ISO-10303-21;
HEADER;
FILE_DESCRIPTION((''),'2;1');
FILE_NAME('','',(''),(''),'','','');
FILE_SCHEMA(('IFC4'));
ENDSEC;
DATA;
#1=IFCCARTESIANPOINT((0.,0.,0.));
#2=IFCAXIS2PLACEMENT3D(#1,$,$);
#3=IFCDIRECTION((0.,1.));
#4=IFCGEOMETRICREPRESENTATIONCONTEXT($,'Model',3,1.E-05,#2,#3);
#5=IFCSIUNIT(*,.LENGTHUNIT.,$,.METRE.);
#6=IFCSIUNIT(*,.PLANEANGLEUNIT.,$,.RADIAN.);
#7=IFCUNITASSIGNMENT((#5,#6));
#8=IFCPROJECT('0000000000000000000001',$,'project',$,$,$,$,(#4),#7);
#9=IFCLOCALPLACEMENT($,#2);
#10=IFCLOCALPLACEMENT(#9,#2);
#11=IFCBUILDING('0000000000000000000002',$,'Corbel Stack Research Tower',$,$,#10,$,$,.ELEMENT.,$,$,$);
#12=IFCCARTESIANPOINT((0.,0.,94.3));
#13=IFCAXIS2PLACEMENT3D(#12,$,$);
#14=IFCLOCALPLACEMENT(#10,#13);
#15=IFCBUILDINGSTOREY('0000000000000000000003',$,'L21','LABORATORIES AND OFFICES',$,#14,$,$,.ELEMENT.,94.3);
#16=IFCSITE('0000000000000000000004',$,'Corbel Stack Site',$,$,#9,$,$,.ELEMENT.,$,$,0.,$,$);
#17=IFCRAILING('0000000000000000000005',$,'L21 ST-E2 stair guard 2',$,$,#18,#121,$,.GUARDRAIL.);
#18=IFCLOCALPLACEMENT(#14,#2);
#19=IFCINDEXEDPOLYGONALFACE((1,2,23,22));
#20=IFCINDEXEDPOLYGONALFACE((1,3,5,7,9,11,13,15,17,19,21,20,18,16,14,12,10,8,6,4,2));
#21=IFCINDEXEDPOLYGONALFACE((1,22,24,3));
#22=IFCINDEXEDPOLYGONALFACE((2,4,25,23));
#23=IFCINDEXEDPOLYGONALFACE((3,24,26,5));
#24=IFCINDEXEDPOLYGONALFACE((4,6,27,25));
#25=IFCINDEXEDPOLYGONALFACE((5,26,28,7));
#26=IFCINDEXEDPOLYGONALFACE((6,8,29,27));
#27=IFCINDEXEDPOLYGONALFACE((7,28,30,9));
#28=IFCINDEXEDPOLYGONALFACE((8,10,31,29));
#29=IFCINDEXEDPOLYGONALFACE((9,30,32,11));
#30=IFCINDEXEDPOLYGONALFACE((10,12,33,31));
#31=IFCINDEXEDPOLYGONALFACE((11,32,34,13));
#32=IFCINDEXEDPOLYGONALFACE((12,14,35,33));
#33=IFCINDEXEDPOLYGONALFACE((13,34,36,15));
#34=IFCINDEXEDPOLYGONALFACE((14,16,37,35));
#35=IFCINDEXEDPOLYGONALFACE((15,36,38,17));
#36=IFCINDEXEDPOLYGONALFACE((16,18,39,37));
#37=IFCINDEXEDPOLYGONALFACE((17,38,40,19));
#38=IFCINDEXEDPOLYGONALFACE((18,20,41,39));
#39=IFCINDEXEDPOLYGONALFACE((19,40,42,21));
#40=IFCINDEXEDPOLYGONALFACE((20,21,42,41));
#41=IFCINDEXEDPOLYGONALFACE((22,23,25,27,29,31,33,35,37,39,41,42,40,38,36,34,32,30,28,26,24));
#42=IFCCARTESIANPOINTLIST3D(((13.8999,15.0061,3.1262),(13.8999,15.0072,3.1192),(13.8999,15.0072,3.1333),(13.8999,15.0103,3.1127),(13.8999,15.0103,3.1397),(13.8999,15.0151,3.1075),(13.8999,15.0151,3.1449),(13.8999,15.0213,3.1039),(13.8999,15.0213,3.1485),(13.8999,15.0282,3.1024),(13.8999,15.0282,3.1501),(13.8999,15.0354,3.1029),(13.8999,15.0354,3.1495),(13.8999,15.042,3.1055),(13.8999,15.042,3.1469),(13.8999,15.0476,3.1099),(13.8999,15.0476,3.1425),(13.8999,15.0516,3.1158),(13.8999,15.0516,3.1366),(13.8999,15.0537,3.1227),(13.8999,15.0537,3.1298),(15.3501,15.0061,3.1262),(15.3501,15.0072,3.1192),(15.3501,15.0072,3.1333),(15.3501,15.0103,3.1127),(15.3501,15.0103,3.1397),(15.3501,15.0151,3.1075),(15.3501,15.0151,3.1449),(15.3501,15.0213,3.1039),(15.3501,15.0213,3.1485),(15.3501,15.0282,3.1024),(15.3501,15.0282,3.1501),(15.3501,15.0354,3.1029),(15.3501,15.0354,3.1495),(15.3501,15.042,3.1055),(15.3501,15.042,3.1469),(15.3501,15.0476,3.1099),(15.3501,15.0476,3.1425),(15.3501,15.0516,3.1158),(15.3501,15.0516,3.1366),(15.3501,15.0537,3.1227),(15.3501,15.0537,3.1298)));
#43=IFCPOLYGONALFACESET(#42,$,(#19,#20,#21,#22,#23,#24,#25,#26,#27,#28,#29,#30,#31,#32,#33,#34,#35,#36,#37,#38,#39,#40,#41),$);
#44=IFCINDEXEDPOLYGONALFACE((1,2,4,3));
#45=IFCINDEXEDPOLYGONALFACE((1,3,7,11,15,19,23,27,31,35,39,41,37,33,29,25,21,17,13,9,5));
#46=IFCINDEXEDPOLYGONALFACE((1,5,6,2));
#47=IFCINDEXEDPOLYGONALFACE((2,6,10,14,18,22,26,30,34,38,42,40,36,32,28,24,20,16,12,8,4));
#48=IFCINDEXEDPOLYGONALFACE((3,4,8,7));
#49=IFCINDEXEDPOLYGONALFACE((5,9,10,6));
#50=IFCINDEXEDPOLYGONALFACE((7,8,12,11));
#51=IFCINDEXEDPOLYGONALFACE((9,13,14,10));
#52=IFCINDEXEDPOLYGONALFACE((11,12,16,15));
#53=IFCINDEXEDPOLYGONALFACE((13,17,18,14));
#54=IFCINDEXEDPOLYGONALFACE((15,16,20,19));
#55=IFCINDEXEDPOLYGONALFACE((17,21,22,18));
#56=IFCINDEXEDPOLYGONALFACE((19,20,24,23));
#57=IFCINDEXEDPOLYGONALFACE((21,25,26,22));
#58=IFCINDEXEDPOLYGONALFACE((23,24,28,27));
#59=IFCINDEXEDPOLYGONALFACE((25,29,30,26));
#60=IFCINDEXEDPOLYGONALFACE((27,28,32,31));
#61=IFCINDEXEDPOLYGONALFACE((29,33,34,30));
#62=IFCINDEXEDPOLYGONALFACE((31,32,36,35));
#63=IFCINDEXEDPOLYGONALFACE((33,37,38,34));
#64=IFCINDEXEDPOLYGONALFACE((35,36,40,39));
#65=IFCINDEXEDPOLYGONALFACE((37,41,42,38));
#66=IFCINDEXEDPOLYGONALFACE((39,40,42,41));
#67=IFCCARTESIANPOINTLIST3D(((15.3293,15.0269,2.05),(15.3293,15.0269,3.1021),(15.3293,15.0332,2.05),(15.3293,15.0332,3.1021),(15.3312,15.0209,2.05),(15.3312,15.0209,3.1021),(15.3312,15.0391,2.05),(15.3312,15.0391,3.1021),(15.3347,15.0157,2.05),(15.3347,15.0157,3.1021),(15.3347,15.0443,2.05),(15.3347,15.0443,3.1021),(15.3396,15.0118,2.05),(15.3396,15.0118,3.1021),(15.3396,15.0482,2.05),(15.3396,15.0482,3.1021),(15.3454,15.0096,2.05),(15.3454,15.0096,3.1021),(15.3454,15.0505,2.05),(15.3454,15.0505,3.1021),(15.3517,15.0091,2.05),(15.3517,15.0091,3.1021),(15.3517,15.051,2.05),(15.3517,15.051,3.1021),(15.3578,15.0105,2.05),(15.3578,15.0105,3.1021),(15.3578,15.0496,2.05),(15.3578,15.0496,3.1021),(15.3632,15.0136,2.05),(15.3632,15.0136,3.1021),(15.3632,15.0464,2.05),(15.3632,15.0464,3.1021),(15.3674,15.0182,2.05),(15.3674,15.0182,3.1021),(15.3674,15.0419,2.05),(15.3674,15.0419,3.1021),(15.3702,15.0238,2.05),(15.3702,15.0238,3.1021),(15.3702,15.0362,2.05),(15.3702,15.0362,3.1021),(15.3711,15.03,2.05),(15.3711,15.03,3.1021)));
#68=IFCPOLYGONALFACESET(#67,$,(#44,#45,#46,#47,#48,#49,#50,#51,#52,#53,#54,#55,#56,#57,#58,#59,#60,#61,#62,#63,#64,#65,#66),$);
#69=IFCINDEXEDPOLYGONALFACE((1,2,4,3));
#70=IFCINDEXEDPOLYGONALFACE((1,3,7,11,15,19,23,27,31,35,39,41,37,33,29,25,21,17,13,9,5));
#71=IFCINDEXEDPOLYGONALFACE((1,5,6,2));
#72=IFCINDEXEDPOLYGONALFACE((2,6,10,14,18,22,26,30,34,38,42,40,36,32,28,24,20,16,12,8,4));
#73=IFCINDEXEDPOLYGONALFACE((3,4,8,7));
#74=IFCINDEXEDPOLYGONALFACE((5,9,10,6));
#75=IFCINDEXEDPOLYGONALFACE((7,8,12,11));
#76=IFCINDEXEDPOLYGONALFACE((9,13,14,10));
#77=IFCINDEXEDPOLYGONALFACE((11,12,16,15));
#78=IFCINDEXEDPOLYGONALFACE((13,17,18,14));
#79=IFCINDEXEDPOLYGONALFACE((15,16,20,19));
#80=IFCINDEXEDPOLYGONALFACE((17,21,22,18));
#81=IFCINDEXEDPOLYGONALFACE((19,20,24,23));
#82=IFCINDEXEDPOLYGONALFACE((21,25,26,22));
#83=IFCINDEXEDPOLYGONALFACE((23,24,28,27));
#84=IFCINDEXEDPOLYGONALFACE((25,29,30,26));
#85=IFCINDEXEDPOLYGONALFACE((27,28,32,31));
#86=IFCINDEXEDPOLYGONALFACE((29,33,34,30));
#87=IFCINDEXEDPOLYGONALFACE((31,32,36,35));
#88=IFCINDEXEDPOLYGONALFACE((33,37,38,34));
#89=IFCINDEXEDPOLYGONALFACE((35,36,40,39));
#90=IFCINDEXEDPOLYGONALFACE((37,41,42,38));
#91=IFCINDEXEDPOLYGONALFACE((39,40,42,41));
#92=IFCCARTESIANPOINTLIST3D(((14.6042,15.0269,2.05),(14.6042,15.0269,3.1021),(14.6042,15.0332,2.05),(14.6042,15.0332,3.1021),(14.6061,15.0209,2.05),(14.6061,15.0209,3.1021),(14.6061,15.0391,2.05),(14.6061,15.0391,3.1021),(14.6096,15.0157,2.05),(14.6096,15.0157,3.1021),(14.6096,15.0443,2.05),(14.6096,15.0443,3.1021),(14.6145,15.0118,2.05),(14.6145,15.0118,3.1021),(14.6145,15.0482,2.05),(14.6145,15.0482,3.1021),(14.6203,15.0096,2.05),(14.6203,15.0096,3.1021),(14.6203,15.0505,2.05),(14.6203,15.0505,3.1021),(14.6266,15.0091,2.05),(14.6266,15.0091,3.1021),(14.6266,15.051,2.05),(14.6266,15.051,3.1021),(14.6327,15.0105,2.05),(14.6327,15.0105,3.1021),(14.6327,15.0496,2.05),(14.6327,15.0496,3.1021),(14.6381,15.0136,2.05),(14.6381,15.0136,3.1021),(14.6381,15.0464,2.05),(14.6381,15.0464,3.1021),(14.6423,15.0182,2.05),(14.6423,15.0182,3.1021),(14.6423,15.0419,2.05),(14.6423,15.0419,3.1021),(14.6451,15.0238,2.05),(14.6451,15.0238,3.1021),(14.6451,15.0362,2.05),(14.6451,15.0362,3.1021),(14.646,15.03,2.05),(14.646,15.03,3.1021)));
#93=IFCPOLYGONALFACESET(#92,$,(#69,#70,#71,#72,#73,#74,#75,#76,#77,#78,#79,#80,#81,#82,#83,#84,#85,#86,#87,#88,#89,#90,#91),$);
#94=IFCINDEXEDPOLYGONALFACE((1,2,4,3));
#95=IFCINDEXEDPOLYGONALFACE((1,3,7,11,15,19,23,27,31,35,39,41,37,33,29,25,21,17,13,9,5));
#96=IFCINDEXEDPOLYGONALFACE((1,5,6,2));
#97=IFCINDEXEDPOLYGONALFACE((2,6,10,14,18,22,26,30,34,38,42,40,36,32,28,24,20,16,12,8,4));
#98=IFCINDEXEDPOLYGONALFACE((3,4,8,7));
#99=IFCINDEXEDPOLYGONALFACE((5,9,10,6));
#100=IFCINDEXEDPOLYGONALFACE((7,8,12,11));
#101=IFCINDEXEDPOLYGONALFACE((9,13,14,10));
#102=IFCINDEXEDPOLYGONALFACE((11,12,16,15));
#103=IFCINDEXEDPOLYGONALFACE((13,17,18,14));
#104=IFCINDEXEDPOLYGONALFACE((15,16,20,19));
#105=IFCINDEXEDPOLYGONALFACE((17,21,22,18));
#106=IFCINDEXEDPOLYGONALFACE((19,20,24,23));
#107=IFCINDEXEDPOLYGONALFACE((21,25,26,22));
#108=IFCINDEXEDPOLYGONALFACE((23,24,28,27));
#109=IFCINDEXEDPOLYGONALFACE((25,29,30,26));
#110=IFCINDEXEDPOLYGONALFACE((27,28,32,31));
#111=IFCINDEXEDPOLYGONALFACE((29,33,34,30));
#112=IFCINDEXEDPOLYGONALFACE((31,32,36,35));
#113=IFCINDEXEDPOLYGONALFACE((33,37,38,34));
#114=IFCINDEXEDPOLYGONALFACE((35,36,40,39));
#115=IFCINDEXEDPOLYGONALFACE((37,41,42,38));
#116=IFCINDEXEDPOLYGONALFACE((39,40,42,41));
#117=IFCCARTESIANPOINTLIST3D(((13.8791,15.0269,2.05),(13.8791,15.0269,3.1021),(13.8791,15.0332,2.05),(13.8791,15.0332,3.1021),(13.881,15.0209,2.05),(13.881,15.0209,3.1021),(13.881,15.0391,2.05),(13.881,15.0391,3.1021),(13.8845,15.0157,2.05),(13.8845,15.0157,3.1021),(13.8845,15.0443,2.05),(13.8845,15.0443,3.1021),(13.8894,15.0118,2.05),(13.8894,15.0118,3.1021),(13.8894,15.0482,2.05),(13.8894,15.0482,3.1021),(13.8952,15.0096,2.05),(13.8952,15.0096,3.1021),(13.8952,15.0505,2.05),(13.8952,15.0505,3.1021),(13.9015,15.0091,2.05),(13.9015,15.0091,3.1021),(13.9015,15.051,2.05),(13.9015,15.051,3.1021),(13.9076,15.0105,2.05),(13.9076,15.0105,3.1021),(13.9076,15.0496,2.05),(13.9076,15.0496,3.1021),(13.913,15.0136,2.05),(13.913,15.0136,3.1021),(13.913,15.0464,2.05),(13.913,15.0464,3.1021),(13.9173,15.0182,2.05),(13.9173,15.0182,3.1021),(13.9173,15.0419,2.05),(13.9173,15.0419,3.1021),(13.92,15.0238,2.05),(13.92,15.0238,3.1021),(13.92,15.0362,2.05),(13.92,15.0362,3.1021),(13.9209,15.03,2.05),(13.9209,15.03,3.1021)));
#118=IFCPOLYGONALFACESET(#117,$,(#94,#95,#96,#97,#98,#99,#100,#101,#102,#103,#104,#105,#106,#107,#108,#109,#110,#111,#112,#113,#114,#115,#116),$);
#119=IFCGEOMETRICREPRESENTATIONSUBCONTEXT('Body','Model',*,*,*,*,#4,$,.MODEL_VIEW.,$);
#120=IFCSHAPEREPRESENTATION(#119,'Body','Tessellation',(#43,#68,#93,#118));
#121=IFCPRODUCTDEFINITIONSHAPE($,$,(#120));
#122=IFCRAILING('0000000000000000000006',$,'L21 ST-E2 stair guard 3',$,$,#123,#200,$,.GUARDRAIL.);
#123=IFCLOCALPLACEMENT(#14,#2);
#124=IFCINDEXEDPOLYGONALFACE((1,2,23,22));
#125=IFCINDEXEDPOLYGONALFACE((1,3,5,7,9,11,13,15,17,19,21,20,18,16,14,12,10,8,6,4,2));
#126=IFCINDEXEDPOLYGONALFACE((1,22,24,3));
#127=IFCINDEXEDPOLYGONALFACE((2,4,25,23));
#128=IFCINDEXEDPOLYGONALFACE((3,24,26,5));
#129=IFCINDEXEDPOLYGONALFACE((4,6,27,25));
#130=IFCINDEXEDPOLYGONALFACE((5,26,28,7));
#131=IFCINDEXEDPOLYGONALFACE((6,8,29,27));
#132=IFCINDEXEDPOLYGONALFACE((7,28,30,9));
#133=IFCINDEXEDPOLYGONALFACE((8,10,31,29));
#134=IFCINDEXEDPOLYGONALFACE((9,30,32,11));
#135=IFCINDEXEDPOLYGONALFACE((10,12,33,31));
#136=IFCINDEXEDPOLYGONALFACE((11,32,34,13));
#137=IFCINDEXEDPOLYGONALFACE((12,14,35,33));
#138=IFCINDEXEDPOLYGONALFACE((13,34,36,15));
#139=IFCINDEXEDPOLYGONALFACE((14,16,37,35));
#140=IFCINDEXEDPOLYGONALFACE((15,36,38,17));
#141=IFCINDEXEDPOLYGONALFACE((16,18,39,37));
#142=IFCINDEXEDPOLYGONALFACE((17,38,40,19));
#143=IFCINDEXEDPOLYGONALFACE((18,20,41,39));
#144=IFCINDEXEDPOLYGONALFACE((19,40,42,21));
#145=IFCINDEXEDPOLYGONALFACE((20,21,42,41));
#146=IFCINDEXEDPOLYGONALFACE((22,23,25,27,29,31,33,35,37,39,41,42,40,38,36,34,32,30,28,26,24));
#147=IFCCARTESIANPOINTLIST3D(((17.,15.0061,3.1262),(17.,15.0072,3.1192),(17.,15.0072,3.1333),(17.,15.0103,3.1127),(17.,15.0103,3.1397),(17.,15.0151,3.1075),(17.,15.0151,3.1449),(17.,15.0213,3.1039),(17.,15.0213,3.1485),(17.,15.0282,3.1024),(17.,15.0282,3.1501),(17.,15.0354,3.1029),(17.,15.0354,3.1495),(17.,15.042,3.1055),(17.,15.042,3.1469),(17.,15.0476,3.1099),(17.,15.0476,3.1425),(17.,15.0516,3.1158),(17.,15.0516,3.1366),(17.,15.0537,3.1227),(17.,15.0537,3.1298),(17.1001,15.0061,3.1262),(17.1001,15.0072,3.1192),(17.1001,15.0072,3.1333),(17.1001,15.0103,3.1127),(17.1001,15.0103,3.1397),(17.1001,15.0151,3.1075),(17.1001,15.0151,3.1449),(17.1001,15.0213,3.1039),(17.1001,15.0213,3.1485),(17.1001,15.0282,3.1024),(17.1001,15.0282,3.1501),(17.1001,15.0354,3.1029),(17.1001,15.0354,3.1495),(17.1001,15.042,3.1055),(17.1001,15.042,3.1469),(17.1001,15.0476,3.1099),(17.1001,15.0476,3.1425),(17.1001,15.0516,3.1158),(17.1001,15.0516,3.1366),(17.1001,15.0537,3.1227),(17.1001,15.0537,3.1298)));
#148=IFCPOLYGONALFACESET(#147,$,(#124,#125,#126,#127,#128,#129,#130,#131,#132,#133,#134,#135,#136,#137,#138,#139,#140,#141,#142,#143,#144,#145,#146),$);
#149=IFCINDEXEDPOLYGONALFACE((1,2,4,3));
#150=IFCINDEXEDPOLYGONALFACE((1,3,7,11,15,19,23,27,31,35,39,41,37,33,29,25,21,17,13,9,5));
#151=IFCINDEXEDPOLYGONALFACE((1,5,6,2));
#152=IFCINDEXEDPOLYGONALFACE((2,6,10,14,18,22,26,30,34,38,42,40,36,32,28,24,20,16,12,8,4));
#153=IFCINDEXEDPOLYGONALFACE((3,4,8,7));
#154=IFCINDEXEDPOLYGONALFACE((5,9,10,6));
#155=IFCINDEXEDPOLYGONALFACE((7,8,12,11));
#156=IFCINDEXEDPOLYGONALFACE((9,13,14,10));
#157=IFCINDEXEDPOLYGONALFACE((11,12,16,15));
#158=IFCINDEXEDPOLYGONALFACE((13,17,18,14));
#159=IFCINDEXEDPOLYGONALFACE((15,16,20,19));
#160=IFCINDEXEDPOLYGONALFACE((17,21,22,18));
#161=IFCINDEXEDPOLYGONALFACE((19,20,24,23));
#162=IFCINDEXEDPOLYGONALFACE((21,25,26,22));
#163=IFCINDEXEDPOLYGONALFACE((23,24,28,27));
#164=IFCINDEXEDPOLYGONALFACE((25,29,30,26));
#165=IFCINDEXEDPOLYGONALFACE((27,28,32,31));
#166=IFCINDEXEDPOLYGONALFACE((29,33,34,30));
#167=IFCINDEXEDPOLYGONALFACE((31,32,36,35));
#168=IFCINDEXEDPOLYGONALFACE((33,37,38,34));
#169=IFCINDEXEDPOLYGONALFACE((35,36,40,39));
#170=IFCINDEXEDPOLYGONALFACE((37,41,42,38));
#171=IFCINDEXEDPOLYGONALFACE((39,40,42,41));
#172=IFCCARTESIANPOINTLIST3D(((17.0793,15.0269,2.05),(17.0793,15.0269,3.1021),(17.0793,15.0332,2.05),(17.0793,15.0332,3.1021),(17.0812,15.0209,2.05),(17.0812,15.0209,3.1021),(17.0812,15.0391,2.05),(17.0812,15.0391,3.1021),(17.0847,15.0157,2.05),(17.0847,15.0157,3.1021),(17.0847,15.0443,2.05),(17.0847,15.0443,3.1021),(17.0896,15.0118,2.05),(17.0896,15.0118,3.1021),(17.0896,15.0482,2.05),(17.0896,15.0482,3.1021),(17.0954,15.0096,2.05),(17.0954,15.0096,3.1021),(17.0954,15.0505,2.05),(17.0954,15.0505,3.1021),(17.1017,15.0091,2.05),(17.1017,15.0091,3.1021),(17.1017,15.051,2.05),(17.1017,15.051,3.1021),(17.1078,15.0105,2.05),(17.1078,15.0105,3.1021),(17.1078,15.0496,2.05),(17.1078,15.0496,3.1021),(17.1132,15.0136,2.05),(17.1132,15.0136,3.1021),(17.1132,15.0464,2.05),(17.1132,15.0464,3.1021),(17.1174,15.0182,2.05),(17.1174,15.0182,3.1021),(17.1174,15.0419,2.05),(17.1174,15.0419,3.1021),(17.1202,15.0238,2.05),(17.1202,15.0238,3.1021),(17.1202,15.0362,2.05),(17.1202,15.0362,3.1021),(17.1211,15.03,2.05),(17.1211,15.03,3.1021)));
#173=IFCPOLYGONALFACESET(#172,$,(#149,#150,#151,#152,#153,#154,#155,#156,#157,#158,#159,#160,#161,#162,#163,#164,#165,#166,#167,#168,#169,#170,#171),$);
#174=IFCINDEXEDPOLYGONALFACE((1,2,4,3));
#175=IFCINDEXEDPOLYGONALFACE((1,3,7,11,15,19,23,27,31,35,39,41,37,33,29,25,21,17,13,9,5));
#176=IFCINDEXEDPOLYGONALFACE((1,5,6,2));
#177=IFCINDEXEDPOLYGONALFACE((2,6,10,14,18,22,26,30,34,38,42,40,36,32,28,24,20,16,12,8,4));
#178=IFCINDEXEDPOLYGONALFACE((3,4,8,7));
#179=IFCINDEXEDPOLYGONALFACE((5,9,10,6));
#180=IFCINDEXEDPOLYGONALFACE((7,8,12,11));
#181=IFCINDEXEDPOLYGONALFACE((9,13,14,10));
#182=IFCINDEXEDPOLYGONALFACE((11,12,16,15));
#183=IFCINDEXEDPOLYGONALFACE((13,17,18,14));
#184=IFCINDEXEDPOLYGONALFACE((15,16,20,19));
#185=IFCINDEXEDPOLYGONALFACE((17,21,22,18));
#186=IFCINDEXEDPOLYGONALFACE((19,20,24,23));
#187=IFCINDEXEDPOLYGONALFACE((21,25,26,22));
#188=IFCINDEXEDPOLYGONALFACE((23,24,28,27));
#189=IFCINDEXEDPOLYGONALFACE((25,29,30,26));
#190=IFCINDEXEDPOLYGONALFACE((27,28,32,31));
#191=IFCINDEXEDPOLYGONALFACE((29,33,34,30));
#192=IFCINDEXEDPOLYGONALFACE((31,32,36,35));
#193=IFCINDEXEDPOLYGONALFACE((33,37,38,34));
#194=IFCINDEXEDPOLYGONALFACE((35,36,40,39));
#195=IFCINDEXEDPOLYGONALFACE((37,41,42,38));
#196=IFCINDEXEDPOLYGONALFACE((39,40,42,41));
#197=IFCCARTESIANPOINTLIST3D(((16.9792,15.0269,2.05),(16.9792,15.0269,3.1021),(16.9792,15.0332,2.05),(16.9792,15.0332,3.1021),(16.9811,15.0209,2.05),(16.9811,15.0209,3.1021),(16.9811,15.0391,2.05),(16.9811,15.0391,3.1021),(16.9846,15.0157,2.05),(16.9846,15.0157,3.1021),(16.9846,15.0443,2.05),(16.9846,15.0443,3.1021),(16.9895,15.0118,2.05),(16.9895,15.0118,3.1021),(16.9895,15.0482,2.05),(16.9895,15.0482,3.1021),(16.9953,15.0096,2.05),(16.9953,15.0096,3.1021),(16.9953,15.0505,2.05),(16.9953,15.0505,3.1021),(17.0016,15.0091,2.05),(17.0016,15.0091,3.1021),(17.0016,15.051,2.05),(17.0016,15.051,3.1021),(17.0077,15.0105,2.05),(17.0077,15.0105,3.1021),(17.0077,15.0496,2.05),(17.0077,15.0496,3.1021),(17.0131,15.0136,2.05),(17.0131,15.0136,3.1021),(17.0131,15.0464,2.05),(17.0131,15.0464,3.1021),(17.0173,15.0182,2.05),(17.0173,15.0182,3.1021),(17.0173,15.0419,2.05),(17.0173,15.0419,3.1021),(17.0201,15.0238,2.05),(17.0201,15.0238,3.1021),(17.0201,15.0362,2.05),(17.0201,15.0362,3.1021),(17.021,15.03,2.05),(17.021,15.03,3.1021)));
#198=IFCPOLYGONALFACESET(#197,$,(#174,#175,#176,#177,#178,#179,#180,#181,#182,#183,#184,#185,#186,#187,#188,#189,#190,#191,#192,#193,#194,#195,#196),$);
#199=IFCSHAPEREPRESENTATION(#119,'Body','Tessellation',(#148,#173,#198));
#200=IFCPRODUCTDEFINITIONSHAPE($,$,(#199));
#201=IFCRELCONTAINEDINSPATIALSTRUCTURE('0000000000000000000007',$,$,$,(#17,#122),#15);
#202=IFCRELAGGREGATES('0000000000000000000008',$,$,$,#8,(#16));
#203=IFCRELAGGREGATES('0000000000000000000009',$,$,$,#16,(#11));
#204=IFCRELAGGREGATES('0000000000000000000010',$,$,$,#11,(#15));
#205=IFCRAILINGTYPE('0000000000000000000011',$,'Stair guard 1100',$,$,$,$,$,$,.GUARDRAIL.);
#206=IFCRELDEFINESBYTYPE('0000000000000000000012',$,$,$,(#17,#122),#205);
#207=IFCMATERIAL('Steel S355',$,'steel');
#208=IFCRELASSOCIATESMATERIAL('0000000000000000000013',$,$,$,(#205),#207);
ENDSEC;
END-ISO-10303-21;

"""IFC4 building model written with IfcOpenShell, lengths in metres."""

from ifc_helpers import new_model, si_unit, direction, frame, origin, origin_2d, place, context, subcontext, project, spatial, circle, extrude, material, type_object, element, save


model = new_model("IFC4")

# Units and contexts
model_context = context("Model", 3, precision=1e-05, world=origin(), true_north=direction((0.0, 1.0)))
body_context = subcontext(model_context, "Body", "Model", "MODEL_VIEW")
ifc_project = project(units=[si_unit("LENGTHUNIT", "METRE"), si_unit("PLANEANGLEUNIT", "RADIAN")], contexts=[model_context])

# Site, building, storey
site_placement = place(None, origin())
site = spatial("IfcSite", under=ifc_project, at=site_placement, Name="Corbel Stack Site", CompositionType="ELEMENT", RefElevation=0.0)
building_placement = place(site_placement, origin())
building = spatial("IfcBuilding", under=site, at=building_placement, Name="Corbel Stack Research Tower", CompositionType="ELEMENT")
storey_placement = place(building_placement, frame((0.0, 0.0, 94.3)))
storey = spatial("IfcBuildingStorey", under=building, at=storey_placement, Name="L21", Description="LABORATORIES AND OFFICES", CompositionType="ELEMENT", Elevation=94.3)

# Railings
ifc_material_1 = material(Name="Steel S355", Category="steel")
railing_type_1 = type_object("IfcRailingType", Name="Stair guard 1100", PredefinedType="GUARDRAIL", material=ifc_material_1)
railing_1_placement = place(storey_placement, frame((15.3501, 15.03, 2.05)))
element("IfcRailing", 1, at=railing_1_placement, inside=storey, type_object=railing_type_1, Name="L21 ST-E2 stair guard 2", PredefinedType="GUARDRAIL", context=body_context, shape_type="SweptSolid", body=[
    extrude(circle(Radius=0.0239, at=origin_2d()), frame((0.0, 0.0, 1.0762), z_axis=(-1.0, 0.0, 0.0), x_axis=(0.0, -1.0, 0.0)), (0.0, 0.0, 1.0), 1.4502),
    extrude(circle(Radius=0.021, at=origin_2d()), origin(), (0.0, 0.0, 1.0), 1.052),
    extrude(circle(Radius=0.021, at=origin_2d()), frame((-0.7251, 0.0, 0.0)), (0.0, 0.0, 1.0), 1.052),
    extrude(circle(Radius=0.021, at=origin_2d()), frame((-1.4502, 0.0, 0.0)), (0.0, 0.0, 1.0), 1.052),
])
railing_2_placement = place(storey_placement, frame((17.1001, 15.03, 2.05)))
element("IfcRailing", 2, at=railing_2_placement, inside=storey, type_object=railing_type_1, Name="L21 ST-E2 stair guard 3", PredefinedType="GUARDRAIL", context=body_context, shape_type="SweptSolid", body=[
    extrude(circle(Radius=0.0239, at=origin_2d()), frame((0.0, 0.0, 1.0762), z_axis=(-1.0, 0.0, 0.0), x_axis=(0.0, -1.0, 0.0)), (0.0, 0.0, 1.0), 0.1001),
    extrude(circle(Radius=0.021, at=origin_2d()), origin(), (0.0, 0.0, 1.0), 1.052),
    extrude(circle(Radius=0.021, at=origin_2d()), frame((-0.1001, 0.0, 0.0)), (0.0, 0.0, 1.0), 1.052),
])

save(model, "model.ifc")
